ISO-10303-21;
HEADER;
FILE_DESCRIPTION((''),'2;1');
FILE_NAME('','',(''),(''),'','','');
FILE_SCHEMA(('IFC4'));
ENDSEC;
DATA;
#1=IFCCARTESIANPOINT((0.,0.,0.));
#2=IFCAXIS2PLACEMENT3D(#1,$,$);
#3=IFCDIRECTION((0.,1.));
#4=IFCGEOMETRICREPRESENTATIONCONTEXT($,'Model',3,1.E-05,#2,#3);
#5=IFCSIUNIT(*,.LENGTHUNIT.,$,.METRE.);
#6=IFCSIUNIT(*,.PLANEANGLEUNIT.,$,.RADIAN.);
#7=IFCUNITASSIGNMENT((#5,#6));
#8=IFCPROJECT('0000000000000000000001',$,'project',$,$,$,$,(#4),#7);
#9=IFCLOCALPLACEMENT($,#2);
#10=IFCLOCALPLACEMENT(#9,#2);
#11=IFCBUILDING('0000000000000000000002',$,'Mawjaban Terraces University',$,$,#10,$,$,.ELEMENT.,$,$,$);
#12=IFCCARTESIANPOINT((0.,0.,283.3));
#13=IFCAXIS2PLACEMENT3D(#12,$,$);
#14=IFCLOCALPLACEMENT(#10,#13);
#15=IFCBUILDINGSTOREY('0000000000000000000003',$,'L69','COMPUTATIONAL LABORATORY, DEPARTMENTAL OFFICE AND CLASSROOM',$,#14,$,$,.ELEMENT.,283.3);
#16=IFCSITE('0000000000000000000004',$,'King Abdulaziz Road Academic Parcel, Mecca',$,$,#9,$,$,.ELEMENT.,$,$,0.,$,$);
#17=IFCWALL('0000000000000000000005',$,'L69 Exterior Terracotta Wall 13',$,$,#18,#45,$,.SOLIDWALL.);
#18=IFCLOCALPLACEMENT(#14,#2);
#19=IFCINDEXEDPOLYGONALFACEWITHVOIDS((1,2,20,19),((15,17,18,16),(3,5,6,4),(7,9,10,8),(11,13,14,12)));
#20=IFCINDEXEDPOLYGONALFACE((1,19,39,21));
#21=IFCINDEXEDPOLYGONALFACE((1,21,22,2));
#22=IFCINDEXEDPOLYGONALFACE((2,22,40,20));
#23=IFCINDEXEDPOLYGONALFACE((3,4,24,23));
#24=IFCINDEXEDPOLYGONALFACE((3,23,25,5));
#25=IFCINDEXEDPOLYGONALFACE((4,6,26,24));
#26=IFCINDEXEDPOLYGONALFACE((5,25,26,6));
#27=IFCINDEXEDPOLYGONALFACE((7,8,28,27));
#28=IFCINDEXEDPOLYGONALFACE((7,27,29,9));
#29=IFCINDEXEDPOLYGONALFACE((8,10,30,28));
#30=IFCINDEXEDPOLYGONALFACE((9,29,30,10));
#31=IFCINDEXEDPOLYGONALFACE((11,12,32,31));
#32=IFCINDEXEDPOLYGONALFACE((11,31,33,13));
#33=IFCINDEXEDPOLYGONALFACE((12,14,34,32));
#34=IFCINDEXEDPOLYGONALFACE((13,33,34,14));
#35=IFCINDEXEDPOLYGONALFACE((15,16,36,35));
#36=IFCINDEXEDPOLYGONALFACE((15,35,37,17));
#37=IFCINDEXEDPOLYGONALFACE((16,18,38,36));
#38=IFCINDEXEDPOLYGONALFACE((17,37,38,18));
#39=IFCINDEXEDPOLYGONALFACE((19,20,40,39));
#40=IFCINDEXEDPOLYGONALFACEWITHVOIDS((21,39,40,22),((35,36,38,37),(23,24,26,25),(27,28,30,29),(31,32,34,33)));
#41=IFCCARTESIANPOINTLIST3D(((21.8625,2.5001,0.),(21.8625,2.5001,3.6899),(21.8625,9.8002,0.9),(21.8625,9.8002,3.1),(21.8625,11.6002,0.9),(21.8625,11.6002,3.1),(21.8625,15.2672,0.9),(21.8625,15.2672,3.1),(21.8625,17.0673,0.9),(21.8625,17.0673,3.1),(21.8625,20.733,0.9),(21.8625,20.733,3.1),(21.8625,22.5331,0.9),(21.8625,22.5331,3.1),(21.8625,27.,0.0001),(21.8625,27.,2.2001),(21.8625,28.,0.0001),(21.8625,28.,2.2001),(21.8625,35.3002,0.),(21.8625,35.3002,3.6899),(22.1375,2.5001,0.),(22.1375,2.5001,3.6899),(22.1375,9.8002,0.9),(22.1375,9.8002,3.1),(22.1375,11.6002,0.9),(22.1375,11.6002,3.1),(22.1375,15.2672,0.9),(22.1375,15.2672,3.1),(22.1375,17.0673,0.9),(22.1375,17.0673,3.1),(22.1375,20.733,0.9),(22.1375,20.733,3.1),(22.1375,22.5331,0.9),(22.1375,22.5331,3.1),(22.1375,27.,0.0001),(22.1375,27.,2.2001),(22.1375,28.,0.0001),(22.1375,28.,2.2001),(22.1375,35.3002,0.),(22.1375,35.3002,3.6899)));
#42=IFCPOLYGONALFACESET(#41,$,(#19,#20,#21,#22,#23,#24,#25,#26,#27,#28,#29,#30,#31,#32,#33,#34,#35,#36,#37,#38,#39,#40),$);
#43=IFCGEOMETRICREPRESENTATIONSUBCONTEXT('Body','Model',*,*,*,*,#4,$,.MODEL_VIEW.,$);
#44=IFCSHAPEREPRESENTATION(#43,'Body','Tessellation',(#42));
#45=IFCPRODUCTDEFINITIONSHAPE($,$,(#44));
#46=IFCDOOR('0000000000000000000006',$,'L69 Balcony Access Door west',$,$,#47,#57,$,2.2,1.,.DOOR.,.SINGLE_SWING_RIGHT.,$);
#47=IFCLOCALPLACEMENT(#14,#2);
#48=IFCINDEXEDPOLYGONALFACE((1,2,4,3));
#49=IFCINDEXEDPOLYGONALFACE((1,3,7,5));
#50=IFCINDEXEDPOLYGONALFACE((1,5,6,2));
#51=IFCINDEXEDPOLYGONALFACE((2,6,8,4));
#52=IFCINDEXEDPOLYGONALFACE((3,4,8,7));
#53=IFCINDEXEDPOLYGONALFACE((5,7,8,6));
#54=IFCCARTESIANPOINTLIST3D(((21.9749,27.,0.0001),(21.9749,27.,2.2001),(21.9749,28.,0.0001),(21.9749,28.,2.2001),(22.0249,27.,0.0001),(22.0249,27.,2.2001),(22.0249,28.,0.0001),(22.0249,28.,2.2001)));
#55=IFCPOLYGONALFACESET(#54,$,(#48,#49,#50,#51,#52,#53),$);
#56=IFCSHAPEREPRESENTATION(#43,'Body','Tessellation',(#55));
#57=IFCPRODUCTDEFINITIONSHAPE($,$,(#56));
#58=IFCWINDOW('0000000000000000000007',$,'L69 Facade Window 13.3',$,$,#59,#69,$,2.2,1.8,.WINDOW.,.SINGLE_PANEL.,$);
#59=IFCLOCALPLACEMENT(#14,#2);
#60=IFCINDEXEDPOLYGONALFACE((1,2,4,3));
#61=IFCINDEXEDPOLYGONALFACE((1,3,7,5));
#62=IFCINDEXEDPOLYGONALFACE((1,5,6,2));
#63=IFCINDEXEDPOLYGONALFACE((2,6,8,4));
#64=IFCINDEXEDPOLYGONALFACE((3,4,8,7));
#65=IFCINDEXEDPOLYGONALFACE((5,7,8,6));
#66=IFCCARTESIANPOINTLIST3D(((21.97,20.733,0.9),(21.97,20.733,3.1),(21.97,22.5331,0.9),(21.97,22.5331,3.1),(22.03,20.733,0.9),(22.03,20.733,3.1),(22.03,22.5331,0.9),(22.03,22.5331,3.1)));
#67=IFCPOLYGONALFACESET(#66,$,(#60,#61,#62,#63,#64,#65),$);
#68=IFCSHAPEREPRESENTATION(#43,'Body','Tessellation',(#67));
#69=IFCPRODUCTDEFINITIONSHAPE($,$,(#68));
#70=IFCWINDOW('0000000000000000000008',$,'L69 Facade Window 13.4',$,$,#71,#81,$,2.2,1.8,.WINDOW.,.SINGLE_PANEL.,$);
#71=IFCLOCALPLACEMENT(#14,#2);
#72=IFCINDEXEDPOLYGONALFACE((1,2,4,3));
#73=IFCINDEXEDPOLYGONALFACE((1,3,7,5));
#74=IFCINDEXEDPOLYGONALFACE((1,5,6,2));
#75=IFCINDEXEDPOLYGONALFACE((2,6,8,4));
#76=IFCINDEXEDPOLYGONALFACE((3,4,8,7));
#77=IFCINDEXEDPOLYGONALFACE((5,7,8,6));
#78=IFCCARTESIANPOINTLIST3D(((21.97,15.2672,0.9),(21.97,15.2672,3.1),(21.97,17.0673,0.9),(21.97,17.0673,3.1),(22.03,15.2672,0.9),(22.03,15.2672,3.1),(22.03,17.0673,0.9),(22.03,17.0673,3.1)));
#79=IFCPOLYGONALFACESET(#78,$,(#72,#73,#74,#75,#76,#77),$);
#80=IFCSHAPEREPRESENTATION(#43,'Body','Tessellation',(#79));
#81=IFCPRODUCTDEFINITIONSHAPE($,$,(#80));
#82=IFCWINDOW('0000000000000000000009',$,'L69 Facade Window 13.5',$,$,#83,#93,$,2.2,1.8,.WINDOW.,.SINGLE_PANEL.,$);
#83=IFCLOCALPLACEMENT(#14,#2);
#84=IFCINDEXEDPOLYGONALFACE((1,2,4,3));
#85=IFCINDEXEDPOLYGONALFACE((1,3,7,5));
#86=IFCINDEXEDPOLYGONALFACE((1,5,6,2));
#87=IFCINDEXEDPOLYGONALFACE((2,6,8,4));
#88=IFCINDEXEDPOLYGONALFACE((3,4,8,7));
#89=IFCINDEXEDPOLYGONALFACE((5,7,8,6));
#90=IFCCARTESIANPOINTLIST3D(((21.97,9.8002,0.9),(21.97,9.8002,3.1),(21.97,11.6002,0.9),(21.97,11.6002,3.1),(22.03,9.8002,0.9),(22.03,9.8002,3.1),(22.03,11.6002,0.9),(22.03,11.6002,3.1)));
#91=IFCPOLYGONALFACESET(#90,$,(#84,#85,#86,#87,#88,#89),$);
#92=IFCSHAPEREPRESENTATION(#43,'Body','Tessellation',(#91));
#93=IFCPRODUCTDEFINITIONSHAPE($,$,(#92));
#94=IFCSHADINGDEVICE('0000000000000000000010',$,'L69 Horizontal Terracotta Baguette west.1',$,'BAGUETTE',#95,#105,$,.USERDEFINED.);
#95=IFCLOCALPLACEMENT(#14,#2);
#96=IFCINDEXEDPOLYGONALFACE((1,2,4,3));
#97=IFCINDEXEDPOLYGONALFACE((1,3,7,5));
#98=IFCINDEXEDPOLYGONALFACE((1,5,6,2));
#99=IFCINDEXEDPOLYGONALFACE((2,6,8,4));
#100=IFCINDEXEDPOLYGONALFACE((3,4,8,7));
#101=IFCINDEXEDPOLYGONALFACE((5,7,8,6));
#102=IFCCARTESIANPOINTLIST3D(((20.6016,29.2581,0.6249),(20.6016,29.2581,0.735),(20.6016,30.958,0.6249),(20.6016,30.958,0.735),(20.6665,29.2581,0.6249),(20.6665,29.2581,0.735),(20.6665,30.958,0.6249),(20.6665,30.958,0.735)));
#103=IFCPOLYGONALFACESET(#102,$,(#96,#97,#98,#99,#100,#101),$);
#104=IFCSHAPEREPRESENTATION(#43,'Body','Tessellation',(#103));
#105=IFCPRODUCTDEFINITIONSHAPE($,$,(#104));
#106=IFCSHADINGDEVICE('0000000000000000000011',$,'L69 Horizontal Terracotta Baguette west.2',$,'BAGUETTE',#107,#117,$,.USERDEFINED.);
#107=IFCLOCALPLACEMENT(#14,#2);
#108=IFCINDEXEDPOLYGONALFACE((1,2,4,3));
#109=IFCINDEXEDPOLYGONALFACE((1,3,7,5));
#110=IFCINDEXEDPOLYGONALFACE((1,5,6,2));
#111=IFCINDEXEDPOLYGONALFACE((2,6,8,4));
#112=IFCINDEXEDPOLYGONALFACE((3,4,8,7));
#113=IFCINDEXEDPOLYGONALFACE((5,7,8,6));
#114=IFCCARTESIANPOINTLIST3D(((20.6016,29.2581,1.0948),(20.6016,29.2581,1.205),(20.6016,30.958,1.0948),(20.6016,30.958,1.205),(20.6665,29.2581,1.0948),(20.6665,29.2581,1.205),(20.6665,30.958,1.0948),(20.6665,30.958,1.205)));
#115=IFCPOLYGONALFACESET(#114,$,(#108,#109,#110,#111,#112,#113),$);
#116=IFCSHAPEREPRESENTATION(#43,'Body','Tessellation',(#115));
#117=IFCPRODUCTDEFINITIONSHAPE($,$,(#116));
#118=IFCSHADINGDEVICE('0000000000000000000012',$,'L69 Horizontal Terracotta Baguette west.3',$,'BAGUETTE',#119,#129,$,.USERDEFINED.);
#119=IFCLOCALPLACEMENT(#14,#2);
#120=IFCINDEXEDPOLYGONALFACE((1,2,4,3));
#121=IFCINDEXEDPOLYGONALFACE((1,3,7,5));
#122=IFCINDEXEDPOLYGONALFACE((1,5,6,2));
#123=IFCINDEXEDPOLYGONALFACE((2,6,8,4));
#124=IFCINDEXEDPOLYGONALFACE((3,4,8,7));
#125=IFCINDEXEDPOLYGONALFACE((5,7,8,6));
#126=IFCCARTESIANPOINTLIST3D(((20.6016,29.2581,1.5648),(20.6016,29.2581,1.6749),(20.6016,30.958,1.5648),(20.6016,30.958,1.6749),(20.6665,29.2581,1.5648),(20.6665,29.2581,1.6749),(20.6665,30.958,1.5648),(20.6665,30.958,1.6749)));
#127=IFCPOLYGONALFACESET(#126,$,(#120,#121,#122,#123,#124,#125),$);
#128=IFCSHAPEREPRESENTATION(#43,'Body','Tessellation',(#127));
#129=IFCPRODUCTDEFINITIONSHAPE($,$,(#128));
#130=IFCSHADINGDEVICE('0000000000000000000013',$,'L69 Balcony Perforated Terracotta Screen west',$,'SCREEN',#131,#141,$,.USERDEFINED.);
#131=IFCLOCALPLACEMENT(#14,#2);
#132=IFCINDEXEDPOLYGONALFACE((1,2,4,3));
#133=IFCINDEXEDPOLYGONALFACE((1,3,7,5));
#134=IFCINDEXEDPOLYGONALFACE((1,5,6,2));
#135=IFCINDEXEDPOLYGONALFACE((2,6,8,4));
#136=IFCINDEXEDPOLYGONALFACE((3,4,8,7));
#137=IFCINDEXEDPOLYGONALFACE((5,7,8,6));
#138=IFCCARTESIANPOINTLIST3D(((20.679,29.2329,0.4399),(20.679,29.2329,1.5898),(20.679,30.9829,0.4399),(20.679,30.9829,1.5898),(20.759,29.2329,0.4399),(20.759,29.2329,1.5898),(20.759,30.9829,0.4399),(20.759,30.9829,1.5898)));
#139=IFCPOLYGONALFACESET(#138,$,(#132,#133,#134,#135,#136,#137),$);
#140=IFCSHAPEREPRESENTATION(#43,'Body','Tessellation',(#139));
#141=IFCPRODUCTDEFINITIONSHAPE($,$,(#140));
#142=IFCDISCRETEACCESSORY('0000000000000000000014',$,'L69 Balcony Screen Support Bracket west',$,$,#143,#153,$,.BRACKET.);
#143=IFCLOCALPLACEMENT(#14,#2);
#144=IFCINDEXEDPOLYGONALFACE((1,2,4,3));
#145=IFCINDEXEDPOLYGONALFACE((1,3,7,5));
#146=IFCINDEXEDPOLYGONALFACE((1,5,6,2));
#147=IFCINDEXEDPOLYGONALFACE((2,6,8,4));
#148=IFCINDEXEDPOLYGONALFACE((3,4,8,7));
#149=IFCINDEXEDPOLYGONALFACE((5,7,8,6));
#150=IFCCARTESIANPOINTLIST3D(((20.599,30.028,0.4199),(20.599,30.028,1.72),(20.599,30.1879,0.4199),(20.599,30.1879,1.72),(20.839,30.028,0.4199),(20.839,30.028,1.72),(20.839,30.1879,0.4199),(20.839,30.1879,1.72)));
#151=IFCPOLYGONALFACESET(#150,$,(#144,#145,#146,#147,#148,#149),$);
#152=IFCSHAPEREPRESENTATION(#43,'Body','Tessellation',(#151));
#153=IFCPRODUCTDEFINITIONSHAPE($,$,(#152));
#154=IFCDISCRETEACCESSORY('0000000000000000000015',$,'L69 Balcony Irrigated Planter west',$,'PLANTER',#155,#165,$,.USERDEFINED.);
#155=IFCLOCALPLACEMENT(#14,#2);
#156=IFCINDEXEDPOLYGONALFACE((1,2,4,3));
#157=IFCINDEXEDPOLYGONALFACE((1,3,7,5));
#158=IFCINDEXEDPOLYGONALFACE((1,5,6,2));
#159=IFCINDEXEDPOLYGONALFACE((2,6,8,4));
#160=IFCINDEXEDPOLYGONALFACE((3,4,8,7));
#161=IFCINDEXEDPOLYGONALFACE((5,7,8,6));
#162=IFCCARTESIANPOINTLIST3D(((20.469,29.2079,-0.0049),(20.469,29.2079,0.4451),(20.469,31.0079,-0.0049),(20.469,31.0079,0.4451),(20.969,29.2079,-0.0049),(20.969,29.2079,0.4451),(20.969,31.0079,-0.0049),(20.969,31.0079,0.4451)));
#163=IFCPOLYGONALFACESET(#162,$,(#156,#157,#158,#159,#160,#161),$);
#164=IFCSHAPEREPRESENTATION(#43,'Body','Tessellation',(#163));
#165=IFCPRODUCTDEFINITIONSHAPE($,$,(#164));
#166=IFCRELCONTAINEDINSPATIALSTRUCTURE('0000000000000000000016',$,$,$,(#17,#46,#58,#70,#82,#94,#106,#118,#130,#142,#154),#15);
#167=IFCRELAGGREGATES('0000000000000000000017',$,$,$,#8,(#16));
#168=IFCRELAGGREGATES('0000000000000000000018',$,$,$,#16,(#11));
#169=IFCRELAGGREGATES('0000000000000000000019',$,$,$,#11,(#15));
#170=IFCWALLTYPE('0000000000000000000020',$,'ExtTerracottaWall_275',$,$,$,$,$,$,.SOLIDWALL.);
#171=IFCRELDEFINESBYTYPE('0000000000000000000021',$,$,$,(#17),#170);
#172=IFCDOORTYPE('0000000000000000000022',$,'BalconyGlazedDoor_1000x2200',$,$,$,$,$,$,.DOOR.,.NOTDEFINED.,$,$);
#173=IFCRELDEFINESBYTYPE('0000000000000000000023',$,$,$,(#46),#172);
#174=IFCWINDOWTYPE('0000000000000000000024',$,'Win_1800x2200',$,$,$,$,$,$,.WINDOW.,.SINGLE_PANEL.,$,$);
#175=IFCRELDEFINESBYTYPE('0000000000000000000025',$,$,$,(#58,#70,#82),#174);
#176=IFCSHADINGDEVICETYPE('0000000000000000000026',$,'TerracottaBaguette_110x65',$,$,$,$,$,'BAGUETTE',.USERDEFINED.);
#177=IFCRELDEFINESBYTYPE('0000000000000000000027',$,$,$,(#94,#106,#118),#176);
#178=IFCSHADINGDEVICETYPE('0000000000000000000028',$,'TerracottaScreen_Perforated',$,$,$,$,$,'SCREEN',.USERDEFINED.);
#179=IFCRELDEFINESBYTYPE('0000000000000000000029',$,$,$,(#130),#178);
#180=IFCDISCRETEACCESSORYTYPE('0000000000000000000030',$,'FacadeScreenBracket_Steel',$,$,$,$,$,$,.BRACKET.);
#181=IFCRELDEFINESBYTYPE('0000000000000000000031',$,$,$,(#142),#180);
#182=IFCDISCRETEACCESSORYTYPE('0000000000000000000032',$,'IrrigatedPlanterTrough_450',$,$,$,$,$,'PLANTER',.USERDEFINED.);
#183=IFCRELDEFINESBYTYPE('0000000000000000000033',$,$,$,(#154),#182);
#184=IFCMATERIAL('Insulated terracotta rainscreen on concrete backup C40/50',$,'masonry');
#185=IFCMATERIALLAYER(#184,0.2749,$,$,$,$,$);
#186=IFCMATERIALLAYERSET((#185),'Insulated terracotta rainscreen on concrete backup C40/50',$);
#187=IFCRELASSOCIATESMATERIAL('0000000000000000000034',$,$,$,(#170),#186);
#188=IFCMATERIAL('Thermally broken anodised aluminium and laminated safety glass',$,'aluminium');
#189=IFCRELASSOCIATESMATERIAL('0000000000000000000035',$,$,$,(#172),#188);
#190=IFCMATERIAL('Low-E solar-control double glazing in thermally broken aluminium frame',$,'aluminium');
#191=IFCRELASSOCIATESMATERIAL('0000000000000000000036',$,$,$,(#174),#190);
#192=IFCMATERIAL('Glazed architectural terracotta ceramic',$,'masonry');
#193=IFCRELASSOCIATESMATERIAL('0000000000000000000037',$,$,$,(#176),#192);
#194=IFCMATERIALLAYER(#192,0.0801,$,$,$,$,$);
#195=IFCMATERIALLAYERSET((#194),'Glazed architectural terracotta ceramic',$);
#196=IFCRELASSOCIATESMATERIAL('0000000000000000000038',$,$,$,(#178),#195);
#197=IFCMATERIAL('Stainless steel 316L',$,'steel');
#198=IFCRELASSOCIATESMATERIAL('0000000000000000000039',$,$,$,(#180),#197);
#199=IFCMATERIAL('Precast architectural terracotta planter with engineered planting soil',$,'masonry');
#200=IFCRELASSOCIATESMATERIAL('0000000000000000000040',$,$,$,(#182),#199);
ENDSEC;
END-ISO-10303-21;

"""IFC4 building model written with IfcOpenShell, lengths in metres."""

from ifc_helpers import new_model, si_unit, direction, frame, frame_2d, origin, origin_2d, place, context, subcontext, project, spatial, rectangle, extrude, material, layer, layer_set, material_profile, profile_set, type_object, element, fill, save


model = new_model("IFC4")

# Units and contexts
model_context = context("Model", 3, precision=1e-05, world=origin(), true_north=direction((0.0, 1.0)))
body_context = subcontext(model_context, "Body", "Model", "MODEL_VIEW")
ifc_project = project(units=[si_unit("LENGTHUNIT", "METRE"), si_unit("PLANEANGLEUNIT", "RADIAN")], contexts=[model_context])

# Site, building, storey
site_placement = place(None, origin())
site = spatial("IfcSite", under=ifc_project, at=site_placement, Name="King Abdulaziz Road Academic Parcel, Mecca", CompositionType="ELEMENT", RefElevation=0.0)
building_placement = place(site_placement, origin())
building = spatial("IfcBuilding", under=site, at=building_placement, Name="Mawjaban Terraces University", CompositionType="ELEMENT")
storey_placement = place(building_placement, frame((0.0, 0.0, 283.3)))
storey = spatial("IfcBuildingStorey", under=building, at=storey_placement, Name="L69", Description="COMPUTATIONAL LABORATORY, DEPARTMENTAL OFFICE AND CLASSROOM", CompositionType="ELEMENT", Elevation=283.3)

# Shared definitions
ifc_material_1 = material(Name="Insulated terracotta rainscreen on concrete backup C40/50", Category="masonry")
ifc_layer_1 = layer(ifc_material_1, 0.2749)
ifc_layer_set_1 = layer_set([ifc_layer_1], Name="Insulated terracotta rainscreen on concrete backup C40/50")
wall_type_1 = type_object("IfcWallType", Name="ExtTerracottaWall_275", PredefinedType="SOLIDWALL", material=ifc_layer_set_1)

# Wall, openings, door, windows
wall_1_placement = place(storey_placement, frame((22.0, 35.3, 0.0), z_axis=(0.0, 0.0, 1.0), x_axis=(0.0, -1.0, 0.0)))
wall_1 = element("IfcWall", 1, at=wall_1_placement, inside=storey, type_object=wall_type_1, Name="L69 Exterior Terracotta Wall 13", PredefinedType="SOLIDWALL", context=body_context, shape_type="SweptSolid", body=[
    extrude(rectangle(XDim=32.8, YDim=0.2749, at=frame_2d((16.3999, 0.0))), origin(), (0.0, 0.0, 1.0), 3.6899),
])
opening_1_placement = place(wall_1_placement, frame((7.3, 0.0, 0.0)))
opening_1 = element("IfcOpeningElement", 2, at=opening_1_placement, cuts=wall_1, PredefinedType="OPENING", context=body_context, shape_type="SweptSolid", body=[
    extrude(rectangle(XDim=1.0, YDim=2.2, at=frame_2d((0.5, 1.1001))), frame((0.0, 0.1475, 0.0), z_axis=(0.0, -1.0, 0.0), x_axis=(1.0, 0.0, 0.0)), (0.0, 0.0, 1.0), 0.2949),
])
opening_2_placement = place(wall_1_placement, frame((12.7671, 0.0, 0.8999)))
opening_2 = element("IfcOpeningElement", 3, at=opening_2_placement, cuts=wall_1, PredefinedType="OPENING", context=body_context, shape_type="SweptSolid", body=[
    extrude(rectangle(XDim=1.8, YDim=2.2, at=frame_2d((0.8999, 1.1001))), frame((0.0, 0.1475, 0.0), z_axis=(0.0, -1.0, 0.0), x_axis=(1.0, 0.0, 0.0)), (0.0, 0.0, 1.0), 0.2949),
])
opening_3_placement = place(wall_1_placement, frame((18.2329, 0.0, 0.8999)))
opening_3 = element("IfcOpeningElement", 4, at=opening_3_placement, cuts=wall_1, PredefinedType="OPENING", context=body_context, shape_type="SweptSolid", body=[
    extrude(rectangle(XDim=1.8, YDim=2.2, at=frame_2d((0.8999, 1.1001))), frame((0.0, 0.1475, 0.0), z_axis=(0.0, -1.0, 0.0), x_axis=(1.0, 0.0, 0.0)), (0.0, 0.0, 1.0), 0.2949),
])
opening_4_placement = place(wall_1_placement, frame((23.7, 0.0, 0.8999)))
opening_4 = element("IfcOpeningElement", 5, at=opening_4_placement, cuts=wall_1, PredefinedType="OPENING", context=body_context, shape_type="SweptSolid", body=[
    extrude(rectangle(XDim=1.8, YDim=2.2, at=frame_2d((0.8999, 1.1001))), frame((0.0, 0.1475, 0.0), z_axis=(0.0, -1.0, 0.0), x_axis=(1.0, 0.0, 0.0)), (0.0, 0.0, 1.0), 0.2949),
])
ifc_material_2 = material(Name="Thermally broken anodised aluminium and laminated safety glass", Category="aluminium")
door_type_1 = type_object("IfcDoorType", Name="BalconyGlazedDoor_1000x2200", OperationType="NOTDEFINED", PredefinedType="DOOR", material=ifc_material_2)
door_1_placement = place(opening_1_placement, origin())
door_1 = element("IfcDoor", 6, at=door_1_placement, inside=storey, type_object=door_type_1, Name="L69 Balcony Access Door west", OperationType="SINGLE_SWING_RIGHT", OverallHeight=2.2, OverallWidth=1.0, PredefinedType="DOOR", context=body_context, shape_type="SweptSolid", body=[
    extrude(rectangle(XDim=1.0, YDim=2.2, at=frame_2d((0.5, 1.1001))), frame((0.0, 0.0249, 0.0), z_axis=(0.0, -1.0, 0.0), x_axis=(1.0, 0.0, 0.0)), (0.0, 0.0, 1.0), 0.05),
])
fill(opening_1, door_1)
ifc_material_3 = material(Name="Low-E solar-control double glazing in thermally broken aluminium frame", Category="aluminium")
window_type = type_object("IfcWindowType", Name="Win_1800x2200", PartitioningType="SINGLE_PANEL", PredefinedType="WINDOW", material=ifc_material_3)
window_1_placement = place(opening_2_placement, origin())
window_1 = element("IfcWindow", 7, at=window_1_placement, inside=storey, type_object=window_type, Name="L69 Facade Window 13.3", OverallHeight=2.2, OverallWidth=1.8, PartitioningType="SINGLE_PANEL", PredefinedType="WINDOW", context=body_context, shape_type="SweptSolid", body=[
    extrude(rectangle(XDim=1.8, YDim=2.2, at=frame_2d((0.8999, 1.1001))), frame((0.0, 0.03, 0.0), z_axis=(0.0, -1.0, 0.0), x_axis=(1.0, 0.0, 0.0)), (0.0, 0.0, 1.0), 0.0601),
])
fill(opening_2, window_1)
window_2_placement = place(opening_3_placement, origin())
window_2 = element("IfcWindow", 8, at=window_2_placement, inside=storey, type_object=window_type, Name="L69 Facade Window 13.4", OverallHeight=2.2, OverallWidth=1.8, PartitioningType="SINGLE_PANEL", PredefinedType="WINDOW", context=body_context, shape_type="SweptSolid", body=[
    extrude(rectangle(XDim=1.8, YDim=2.2, at=frame_2d((0.8999, 1.1001))), frame((0.0, 0.03, 0.0), z_axis=(0.0, -1.0, 0.0), x_axis=(1.0, 0.0, 0.0)), (0.0, 0.0, 1.0), 0.0601),
])
fill(opening_3, window_2)
window_3_placement = place(opening_4_placement, origin())
window_3 = element("IfcWindow", 9, at=window_3_placement, inside=storey, type_object=window_type, Name="L69 Facade Window 13.5", OverallHeight=2.2, OverallWidth=1.8, PartitioningType="SINGLE_PANEL", PredefinedType="WINDOW", context=body_context, shape_type="SweptSolid", body=[
    extrude(rectangle(XDim=1.8, YDim=2.2, at=frame_2d((0.8999, 1.1001))), frame((0.0, 0.03, 0.0), z_axis=(0.0, -1.0, 0.0), x_axis=(1.0, 0.0, 0.0)), (0.0, 0.0, 1.0), 0.0601),
])
fill(opening_4, window_3)

# Shading devices
ifc_material_4 = material(Name="Glazed architectural terracotta ceramic", Category="masonry")
ifc_material_profile_1 = material_profile(ifc_material_4, rectangle(XDim=0.0649, YDim=0.1101, at=origin_2d()), Name="TBAG110X65")
ifc_profile_set_1 = profile_set([ifc_material_profile_1], Name="Glazed architectural terracotta ceramic")
shading_device_type_1 = type_object("IfcShadingDeviceType", Name="TerracottaBaguette_110x65", ElementType="BAGUETTE", PredefinedType="USERDEFINED", material=ifc_profile_set_1)
for number, where, z_axis, x_axis, name in (
    (10, (20.634, 29.2581, 0.6799), (0.0, 1.0, 0.0), (-1.0, 0.0, 0.0), "L69 Horizontal Terracotta Baguette west.1"),
    (11, (20.634, 29.2581, 1.1499), (0.0, 1.0, 0.0), (-1.0, 0.0, 0.0), "L69 Horizontal Terracotta Baguette west.2"),
    (12, (20.634, 29.2581, 1.6199), (0.0, 1.0, 0.0), (-1.0, 0.0, 0.0), "L69 Horizontal Terracotta Baguette west.3"),
):
    element("IfcShadingDevice", number, at=place(storey_placement, frame(where, z_axis=z_axis, x_axis=x_axis)), inside=storey, type_object=shading_device_type_1, Name=name, ObjectType="BAGUETTE", PredefinedType="USERDEFINED", context=body_context, shape_type="SweptSolid", body=[
        extrude(rectangle(XDim=0.0649, YDim=0.1101, at=origin_2d()), origin(), (0.0, 0.0, 1.0), 1.7),
    ])
ifc_layer_2 = layer(ifc_material_4, 0.0801)
ifc_layer_set_2 = layer_set([ifc_layer_2], Name="Glazed architectural terracotta ceramic")
shading_device_type_2 = type_object("IfcShadingDeviceType", Name="TerracottaScreen_Perforated", ElementType="SCREEN", PredefinedType="USERDEFINED", material=ifc_layer_set_2)
shading_device_placement = place(storey_placement, frame((20.719, 30.1079, 0.4399), z_axis=(0.0, 0.0, 1.0), x_axis=(0.0, 1.0, 0.0)))
element("IfcShadingDevice", 13, at=shading_device_placement, inside=storey, type_object=shading_device_type_2, Name="L69 Balcony Perforated Terracotta Screen west", ObjectType="SCREEN", PredefinedType="USERDEFINED", context=body_context, shape_type="SweptSolid", body=[
    extrude(rectangle(XDim=1.75, YDim=0.0801, at=origin_2d()), origin(), (0.0, 0.0, 1.0), 1.1499),
])

# Discrete accessories
ifc_material_5 = material(Name="Stainless steel 316L", Category="steel")
discrete_accessory_type_1 = type_object("IfcDiscreteAccessoryType", Name="FacadeScreenBracket_Steel", PredefinedType="BRACKET", material=ifc_material_5)
discrete_accessory_1_placement = place(storey_placement, frame((20.719, 30.1079, 0.4199), z_axis=(0.0, 0.0, 1.0), x_axis=(0.0, 1.0, 0.0)))
element("IfcDiscreteAccessory", 14, at=discrete_accessory_1_placement, inside=storey, type_object=discrete_accessory_type_1, Name="L69 Balcony Screen Support Bracket west", PredefinedType="BRACKET", context=body_context, shape_type="SweptSolid", body=[
    extrude(rectangle(XDim=0.1599, YDim=0.24, at=origin_2d()), origin(), (0.0, 0.0, 1.0), 1.3),
])
ifc_material_6 = material(Name="Precast architectural terracotta planter with engineered planting soil", Category="masonry")
discrete_accessory_type_2 = type_object("IfcDiscreteAccessoryType", Name="IrrigatedPlanterTrough_450", ElementType="PLANTER", PredefinedType="USERDEFINED", material=ifc_material_6)
discrete_accessory_2_placement = place(storey_placement, frame((20.719, 30.1079, -0.0049), z_axis=(0.0, 0.0, 1.0), x_axis=(0.0, 1.0, 0.0)))
element("IfcDiscreteAccessory", 15, at=discrete_accessory_2_placement, inside=storey, type_object=discrete_accessory_type_2, Name="L69 Balcony Irrigated Planter west", ObjectType="PLANTER", PredefinedType="USERDEFINED", context=body_context, shape_type="SweptSolid", body=[
    extrude(rectangle(XDim=1.8, YDim=0.5, at=origin_2d()), origin(), (0.0, 0.0, 1.0), 0.45),
])

save(model, "model.ifc")
